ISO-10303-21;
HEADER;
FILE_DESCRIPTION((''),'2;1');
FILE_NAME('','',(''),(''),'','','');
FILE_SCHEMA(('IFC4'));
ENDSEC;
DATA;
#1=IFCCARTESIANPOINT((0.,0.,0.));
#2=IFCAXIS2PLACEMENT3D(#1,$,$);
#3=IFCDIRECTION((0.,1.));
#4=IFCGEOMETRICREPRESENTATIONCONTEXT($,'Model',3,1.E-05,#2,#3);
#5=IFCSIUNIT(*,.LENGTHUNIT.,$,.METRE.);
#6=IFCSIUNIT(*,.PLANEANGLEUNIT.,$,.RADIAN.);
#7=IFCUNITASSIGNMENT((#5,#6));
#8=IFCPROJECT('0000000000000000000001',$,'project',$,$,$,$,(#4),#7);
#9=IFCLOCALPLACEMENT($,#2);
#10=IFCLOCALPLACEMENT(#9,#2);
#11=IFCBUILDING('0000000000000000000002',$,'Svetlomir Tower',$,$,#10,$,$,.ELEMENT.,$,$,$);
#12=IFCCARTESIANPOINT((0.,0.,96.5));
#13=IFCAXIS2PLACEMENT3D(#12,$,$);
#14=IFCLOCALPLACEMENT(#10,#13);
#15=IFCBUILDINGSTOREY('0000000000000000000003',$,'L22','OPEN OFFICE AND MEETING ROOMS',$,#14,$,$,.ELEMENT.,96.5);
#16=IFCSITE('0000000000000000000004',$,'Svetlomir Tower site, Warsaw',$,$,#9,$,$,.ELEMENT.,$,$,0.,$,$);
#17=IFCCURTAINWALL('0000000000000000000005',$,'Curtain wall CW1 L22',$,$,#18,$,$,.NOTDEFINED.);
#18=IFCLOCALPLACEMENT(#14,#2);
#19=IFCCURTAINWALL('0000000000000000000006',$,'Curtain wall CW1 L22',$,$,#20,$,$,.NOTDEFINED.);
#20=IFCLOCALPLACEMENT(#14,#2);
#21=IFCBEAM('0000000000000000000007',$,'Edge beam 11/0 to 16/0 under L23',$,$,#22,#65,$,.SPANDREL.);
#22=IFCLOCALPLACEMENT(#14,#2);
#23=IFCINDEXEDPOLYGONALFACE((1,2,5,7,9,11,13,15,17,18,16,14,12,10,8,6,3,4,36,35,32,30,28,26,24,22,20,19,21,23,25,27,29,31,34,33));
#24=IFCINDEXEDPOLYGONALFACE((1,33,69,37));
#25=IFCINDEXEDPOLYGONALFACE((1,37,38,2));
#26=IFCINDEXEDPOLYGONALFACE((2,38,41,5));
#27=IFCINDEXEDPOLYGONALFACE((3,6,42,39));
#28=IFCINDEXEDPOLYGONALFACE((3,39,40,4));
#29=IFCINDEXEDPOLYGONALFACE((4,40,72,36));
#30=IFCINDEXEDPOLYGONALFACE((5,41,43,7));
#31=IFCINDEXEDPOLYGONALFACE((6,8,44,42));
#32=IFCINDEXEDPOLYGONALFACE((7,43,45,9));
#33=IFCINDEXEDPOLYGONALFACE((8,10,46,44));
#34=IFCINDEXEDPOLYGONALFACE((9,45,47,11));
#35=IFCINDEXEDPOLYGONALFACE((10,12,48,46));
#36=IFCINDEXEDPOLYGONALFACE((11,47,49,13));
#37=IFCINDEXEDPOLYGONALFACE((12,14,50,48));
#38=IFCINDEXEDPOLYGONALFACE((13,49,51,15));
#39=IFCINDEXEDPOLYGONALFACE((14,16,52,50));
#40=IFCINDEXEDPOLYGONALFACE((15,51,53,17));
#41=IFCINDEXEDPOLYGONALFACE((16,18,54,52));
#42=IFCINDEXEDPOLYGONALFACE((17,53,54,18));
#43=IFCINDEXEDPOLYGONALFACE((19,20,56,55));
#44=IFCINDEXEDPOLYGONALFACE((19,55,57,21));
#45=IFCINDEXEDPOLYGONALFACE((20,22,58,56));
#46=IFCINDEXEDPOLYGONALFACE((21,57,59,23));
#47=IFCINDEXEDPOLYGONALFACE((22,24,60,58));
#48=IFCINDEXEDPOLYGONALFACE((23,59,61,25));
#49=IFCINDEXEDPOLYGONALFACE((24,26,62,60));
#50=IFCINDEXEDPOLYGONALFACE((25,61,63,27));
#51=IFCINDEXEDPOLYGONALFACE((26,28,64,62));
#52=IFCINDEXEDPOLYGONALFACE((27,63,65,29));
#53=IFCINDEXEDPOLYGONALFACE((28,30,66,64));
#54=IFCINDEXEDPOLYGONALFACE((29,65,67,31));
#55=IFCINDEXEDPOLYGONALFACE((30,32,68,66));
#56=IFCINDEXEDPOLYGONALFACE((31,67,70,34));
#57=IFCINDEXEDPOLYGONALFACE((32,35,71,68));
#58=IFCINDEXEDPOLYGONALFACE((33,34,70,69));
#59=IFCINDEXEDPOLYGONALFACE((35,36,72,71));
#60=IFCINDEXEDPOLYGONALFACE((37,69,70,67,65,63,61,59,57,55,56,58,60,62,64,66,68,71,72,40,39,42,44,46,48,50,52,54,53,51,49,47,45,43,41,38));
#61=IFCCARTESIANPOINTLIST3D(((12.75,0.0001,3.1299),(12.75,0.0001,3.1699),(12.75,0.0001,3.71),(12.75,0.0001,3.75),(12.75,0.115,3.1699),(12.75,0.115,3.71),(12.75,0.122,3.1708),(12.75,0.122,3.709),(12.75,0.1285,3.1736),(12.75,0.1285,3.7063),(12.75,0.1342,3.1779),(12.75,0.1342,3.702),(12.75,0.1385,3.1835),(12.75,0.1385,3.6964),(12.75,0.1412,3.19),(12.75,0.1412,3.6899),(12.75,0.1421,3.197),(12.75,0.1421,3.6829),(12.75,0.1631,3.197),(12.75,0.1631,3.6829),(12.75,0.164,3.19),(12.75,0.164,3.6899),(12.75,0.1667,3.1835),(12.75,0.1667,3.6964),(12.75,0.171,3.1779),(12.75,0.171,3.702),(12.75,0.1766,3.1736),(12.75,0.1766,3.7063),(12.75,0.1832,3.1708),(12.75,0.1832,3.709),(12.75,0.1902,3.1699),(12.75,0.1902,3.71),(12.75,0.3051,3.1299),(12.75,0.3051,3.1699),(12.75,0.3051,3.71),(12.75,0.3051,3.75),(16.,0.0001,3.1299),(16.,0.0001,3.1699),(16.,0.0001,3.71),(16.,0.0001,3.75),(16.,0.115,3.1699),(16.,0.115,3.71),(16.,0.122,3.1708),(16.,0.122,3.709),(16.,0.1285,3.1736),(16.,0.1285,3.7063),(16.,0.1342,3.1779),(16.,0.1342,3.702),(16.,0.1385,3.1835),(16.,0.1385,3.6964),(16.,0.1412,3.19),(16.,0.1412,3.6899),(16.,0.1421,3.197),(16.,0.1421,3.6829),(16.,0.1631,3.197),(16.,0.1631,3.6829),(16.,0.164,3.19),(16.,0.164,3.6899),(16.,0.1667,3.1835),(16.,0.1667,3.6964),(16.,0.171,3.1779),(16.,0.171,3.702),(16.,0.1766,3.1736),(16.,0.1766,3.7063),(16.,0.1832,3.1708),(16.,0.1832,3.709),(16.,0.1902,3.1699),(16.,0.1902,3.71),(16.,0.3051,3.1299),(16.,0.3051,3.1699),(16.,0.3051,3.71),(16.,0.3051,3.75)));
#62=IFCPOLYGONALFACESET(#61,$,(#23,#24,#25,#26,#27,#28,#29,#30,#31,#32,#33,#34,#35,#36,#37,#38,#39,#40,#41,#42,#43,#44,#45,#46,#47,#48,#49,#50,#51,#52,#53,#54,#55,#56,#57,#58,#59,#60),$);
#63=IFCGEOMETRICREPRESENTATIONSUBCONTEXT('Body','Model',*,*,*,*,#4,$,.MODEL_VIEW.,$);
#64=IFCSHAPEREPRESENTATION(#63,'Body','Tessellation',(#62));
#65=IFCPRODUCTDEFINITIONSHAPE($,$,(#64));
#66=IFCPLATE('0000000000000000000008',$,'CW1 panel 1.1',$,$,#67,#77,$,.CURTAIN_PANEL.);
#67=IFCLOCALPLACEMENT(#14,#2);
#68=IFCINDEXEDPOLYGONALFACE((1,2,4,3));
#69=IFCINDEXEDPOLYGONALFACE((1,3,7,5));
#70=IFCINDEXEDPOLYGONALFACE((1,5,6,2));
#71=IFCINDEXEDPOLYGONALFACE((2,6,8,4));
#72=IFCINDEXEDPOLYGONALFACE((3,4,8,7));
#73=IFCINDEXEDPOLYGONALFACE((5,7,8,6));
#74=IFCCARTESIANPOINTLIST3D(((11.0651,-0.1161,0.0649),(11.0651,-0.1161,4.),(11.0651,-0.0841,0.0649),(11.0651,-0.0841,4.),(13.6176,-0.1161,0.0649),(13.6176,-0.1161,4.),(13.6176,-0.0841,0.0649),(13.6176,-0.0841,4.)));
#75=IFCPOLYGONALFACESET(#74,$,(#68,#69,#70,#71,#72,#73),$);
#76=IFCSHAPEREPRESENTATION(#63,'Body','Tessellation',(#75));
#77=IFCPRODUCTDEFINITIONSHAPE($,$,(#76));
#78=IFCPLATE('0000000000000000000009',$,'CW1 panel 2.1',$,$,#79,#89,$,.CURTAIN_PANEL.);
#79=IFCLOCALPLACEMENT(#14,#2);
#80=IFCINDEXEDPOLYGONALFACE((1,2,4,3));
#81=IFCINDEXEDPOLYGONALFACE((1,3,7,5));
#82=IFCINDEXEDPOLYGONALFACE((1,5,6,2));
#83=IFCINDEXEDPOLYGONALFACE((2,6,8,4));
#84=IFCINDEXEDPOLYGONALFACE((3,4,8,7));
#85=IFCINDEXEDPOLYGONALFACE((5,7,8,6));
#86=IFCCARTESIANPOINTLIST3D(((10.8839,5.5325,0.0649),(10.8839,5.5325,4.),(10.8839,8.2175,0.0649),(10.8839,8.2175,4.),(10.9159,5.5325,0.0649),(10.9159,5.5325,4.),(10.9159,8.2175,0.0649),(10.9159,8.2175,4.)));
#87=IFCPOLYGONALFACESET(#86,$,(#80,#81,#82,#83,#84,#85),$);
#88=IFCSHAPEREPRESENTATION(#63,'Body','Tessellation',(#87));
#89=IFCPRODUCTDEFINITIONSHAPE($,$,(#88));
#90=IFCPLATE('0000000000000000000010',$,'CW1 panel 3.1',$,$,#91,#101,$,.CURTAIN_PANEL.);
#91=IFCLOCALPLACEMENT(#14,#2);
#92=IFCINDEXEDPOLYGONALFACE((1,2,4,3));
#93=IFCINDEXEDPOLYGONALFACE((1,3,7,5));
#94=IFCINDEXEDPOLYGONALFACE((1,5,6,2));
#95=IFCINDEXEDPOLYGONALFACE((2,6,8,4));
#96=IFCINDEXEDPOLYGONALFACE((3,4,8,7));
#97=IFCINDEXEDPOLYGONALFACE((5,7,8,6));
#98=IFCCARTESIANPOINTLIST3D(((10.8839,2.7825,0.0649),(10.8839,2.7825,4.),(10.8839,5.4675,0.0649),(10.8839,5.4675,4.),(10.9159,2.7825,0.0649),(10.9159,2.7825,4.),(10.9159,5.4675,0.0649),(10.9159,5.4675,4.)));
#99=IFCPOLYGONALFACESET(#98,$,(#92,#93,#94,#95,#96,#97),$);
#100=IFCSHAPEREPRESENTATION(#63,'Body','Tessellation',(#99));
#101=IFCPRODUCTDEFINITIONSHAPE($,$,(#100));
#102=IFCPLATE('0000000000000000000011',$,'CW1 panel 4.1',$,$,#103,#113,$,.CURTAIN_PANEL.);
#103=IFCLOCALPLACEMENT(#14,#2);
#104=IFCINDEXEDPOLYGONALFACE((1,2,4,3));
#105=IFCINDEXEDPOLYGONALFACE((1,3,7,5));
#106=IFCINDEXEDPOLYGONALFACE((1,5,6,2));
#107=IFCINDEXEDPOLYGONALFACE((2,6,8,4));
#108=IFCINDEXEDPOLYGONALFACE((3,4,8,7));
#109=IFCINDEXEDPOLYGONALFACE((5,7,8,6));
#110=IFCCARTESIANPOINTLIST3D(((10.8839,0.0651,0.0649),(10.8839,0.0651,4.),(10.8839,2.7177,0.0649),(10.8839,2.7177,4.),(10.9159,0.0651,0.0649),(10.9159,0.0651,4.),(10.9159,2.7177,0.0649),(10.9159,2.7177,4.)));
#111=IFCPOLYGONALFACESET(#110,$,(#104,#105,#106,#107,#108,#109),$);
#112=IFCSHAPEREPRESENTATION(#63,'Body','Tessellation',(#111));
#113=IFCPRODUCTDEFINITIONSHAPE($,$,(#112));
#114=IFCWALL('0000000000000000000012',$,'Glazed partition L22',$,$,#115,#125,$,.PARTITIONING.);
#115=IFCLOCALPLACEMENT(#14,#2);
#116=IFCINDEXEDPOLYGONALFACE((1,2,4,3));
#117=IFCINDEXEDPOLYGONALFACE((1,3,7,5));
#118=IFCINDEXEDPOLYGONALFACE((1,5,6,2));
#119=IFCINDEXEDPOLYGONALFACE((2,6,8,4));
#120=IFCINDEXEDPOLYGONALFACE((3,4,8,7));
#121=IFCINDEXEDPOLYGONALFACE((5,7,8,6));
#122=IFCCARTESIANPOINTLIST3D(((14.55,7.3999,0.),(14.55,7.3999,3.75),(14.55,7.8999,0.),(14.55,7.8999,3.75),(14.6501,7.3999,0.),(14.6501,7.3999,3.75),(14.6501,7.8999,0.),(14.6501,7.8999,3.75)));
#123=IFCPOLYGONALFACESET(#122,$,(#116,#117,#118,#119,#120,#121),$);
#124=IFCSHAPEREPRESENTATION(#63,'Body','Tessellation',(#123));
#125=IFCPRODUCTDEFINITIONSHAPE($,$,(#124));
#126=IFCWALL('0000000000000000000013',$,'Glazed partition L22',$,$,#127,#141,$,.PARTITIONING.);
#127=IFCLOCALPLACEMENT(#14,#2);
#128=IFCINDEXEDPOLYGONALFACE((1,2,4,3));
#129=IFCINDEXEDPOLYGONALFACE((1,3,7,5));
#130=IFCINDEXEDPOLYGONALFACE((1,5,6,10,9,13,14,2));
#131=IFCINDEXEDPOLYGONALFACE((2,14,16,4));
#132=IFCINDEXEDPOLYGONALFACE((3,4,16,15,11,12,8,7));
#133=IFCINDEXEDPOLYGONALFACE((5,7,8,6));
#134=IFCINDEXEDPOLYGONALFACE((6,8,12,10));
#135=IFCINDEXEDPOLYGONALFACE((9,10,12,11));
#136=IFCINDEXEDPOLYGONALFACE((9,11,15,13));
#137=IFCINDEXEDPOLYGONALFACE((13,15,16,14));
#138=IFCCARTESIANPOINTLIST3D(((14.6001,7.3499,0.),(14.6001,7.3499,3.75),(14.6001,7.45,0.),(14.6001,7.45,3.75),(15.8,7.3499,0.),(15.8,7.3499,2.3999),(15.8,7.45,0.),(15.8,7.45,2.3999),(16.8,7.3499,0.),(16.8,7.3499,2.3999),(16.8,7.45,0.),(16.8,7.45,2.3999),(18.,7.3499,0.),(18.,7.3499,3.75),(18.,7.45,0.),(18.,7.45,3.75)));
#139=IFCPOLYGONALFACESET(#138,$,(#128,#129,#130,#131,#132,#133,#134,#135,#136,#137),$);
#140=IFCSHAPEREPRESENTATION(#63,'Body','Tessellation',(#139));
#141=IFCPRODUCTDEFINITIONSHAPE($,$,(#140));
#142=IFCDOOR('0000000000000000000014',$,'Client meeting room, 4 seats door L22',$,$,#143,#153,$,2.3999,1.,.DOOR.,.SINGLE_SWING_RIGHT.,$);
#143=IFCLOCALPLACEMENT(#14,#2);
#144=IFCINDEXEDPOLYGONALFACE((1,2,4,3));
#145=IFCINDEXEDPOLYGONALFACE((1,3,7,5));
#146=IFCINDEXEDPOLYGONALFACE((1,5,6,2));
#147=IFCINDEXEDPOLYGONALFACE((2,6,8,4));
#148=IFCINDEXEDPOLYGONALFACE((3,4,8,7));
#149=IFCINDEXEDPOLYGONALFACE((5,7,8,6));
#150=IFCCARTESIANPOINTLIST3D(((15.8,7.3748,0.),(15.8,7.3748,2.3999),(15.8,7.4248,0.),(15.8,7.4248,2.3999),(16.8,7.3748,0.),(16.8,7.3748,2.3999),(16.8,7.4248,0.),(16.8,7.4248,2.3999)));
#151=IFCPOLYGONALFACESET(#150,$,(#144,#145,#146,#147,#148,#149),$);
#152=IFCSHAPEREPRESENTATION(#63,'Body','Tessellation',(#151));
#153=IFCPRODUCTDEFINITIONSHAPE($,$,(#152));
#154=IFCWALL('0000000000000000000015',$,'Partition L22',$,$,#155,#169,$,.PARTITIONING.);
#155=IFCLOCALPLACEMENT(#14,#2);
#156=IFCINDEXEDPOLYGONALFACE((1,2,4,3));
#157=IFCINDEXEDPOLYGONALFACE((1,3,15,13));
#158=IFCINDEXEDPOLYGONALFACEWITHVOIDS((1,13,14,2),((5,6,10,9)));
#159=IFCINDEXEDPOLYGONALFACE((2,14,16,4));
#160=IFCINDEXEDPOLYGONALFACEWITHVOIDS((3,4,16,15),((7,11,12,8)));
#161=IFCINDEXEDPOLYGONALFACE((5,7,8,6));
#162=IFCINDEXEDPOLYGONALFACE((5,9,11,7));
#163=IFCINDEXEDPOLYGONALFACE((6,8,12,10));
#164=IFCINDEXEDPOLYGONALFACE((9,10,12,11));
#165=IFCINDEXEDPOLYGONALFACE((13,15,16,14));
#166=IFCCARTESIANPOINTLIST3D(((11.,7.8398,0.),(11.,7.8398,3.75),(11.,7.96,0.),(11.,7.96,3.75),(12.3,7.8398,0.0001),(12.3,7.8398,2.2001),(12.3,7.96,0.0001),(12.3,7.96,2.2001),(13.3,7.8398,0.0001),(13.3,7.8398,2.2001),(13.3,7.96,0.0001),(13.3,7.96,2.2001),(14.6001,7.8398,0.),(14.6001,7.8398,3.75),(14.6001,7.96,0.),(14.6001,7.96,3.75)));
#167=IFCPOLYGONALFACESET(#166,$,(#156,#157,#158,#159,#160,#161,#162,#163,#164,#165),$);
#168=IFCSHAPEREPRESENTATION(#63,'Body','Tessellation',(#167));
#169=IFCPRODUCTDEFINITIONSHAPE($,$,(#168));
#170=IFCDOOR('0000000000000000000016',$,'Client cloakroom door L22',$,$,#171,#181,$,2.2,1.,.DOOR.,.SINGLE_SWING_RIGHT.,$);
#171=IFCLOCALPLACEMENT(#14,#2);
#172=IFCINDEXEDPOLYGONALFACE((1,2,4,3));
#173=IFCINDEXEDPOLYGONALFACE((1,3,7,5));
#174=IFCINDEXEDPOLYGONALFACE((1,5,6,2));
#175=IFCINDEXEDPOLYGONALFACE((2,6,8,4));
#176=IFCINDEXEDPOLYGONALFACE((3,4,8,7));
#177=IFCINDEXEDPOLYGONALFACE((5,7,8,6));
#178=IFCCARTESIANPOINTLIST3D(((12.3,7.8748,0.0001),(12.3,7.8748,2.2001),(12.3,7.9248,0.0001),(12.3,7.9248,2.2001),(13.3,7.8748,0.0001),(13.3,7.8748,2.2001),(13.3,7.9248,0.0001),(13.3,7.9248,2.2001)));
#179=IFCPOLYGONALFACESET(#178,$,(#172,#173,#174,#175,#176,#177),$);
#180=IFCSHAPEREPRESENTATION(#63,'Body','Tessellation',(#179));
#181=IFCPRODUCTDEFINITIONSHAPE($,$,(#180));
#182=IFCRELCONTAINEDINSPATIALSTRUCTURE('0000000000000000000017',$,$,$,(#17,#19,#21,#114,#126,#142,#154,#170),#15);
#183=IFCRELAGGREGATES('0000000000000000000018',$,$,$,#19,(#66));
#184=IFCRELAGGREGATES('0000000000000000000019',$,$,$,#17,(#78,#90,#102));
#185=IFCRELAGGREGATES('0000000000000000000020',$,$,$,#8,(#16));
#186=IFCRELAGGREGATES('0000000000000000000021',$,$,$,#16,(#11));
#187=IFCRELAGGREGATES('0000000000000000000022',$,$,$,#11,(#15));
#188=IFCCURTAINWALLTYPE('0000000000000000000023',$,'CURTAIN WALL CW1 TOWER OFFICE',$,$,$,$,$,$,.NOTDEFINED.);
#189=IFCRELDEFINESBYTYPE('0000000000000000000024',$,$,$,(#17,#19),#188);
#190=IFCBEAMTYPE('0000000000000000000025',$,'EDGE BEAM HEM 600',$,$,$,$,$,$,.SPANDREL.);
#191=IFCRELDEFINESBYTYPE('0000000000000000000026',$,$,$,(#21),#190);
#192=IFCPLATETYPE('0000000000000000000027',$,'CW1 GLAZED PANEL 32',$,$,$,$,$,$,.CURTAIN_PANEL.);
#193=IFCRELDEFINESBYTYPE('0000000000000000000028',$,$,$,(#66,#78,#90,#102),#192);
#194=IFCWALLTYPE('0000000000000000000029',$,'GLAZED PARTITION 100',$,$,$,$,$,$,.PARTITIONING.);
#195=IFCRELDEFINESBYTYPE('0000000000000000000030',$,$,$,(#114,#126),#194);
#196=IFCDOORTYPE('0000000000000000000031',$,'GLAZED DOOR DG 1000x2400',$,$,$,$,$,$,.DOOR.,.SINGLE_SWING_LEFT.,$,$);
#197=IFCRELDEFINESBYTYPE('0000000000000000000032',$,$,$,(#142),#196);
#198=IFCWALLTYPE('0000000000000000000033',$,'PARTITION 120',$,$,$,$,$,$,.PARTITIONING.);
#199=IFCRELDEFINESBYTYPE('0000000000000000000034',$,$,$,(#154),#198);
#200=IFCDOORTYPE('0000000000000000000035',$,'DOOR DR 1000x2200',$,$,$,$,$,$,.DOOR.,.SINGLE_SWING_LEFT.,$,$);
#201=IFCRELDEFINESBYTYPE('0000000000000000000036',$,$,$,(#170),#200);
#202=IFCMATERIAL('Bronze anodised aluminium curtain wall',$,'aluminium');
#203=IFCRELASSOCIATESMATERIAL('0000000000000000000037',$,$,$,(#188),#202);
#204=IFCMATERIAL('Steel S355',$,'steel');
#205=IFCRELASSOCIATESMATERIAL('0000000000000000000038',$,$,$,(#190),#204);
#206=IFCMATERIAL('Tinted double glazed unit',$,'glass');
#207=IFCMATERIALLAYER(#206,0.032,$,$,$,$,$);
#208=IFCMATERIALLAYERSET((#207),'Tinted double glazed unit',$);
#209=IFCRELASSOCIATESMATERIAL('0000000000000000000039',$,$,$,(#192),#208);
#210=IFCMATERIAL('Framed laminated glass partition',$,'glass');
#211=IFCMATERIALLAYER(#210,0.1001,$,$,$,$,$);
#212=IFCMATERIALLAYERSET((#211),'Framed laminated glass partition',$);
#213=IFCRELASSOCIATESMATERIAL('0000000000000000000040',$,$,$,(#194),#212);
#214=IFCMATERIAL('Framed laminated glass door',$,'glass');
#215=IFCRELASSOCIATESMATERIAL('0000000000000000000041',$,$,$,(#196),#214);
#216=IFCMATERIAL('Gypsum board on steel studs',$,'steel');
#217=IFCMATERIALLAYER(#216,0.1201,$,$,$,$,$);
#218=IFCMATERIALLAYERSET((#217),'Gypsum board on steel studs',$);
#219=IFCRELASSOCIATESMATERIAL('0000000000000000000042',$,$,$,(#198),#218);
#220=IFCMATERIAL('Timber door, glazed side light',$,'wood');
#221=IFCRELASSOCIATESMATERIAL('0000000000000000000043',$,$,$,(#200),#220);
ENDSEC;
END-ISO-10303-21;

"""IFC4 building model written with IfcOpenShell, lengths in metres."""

from ifc_helpers import new_model, si_unit, direction, frame, frame_2d, origin, origin_2d, place, context, subcontext, project, spatial, rectangle, i_section, extrude, material, layer, layer_set, material_profile, profile_set, type_object, element, fill, aggregate, save


model = new_model("IFC4")

# Units and contexts
model_context = context("Model", 3, precision=1e-05, world=origin(), true_north=direction((0.0, 1.0)))
body_context = subcontext(model_context, "Body", "Model", "MODEL_VIEW")
ifc_project = project(units=[si_unit("LENGTHUNIT", "METRE"), si_unit("PLANEANGLEUNIT", "RADIAN")], contexts=[model_context])

# Site, building, storey
site_placement = place(None, origin())
site = spatial("IfcSite", under=ifc_project, at=site_placement, Name="Svetlomir Tower site, Warsaw", CompositionType="ELEMENT", RefElevation=0.0)
building_placement = place(site_placement, origin())
building = spatial("IfcBuilding", under=site, at=building_placement, Name="Svetlomir Tower", CompositionType="ELEMENT")
storey_placement = place(building_placement, frame((0.0, 0.0, 96.5)))
storey = spatial("IfcBuildingStorey", under=building, at=storey_placement, Name="L22", Description="OPEN OFFICE AND MEETING ROOMS", CompositionType="ELEMENT", Elevation=96.5)

# Curtain wall
ifc_material_1 = material(Name="Bronze anodised aluminium curtain wall", Category="aluminium")
curtain_wall_type = type_object("IfcCurtainWallType", Name="CURTAIN WALL CW1 TOWER OFFICE", PredefinedType="NOTDEFINED", material=ifc_material_1)
curtain_wall_1_placement = place(storey_placement, origin())
curtain_wall_1 = element("IfcCurtainWall", 1, at=curtain_wall_1_placement, inside=storey, type_object=curtain_wall_type, Name="Curtain wall CW1 L22", PredefinedType="NOTDEFINED")

# Curtain wall
curtain_wall_2_placement = place(storey_placement, origin())
curtain_wall_2 = element("IfcCurtainWall", 2, at=curtain_wall_2_placement, inside=storey, type_object=curtain_wall_type, Name="Curtain wall CW1 L22", PredefinedType="NOTDEFINED")

# Beam
ifc_material_2 = material(Name="Steel S355", Category="steel")
ifc_material_profile_1 = material_profile(ifc_material_2, i_section(OverallWidth=0.3049, OverallDepth=0.6201, WebThickness=0.021, FlangeThickness=0.04, FilletRadius=0.0271, at=origin_2d()), Name="HEM 600")
ifc_profile_set_1 = profile_set([ifc_material_profile_1], Name="Steel S355")
beam_type = type_object("IfcBeamType", Name="EDGE BEAM HEM 600", PredefinedType="SPANDREL", material=ifc_profile_set_1)
beam_placement = place(storey_placement, frame((12.75, 0.1526, 3.4399), z_axis=(1.0, 0.0, 0.0), x_axis=(0.0, 1.0, 0.0)))
element("IfcBeam", 3, at=beam_placement, inside=storey, type_object=beam_type, Name="Edge beam 11/0 to 16/0 under L23", PredefinedType="SPANDREL", context=body_context, shape_type="SweptSolid", body=[
    extrude(i_section(OverallWidth=0.3049, OverallDepth=0.6201, WebThickness=0.021, FlangeThickness=0.04, FilletRadius=0.0271, at=origin_2d()), origin(), (0.0, 0.0, 1.0), 3.25),
])

# Plates
ifc_material_3 = material(Name="Tinted double glazed unit", Category="glass")
ifc_layer_1 = layer(ifc_material_3, 0.032)
ifc_layer_set_1 = layer_set([ifc_layer_1], Name="Tinted double glazed unit")
plate_type = type_object("IfcPlateType", Name="CW1 GLAZED PANEL 32", PredefinedType="CURTAIN_PANEL", material=ifc_layer_set_1)
plate_1_placement = place(storey_placement, frame((12.3413, -0.1001, 0.0649), z_axis=(0.0, 0.0, 1.0), x_axis=(1.0, 0.0, 0.0)))
plate_1 = element("IfcPlate", 4, at=plate_1_placement, type_object=plate_type, Name="CW1 panel 1.1", PredefinedType="CURTAIN_PANEL", context=body_context, shape_type="SweptSolid", body=[
    extrude(rectangle(XDim=2.5525, YDim=0.032, at=origin_2d()), origin(), (0.0, 0.0, 1.0), 3.9351),
])
aggregate(curtain_wall_2, [plate_1])
plate_2_placement = place(storey_placement, frame((10.8999, 6.875, 0.0649), z_axis=(0.0, 0.0, 1.0), x_axis=(0.0, -1.0, 0.0)))
plate_2 = element("IfcPlate", 5, at=plate_2_placement, type_object=plate_type, Name="CW1 panel 2.1", PredefinedType="CURTAIN_PANEL", context=body_context, shape_type="SweptSolid", body=[
    extrude(rectangle(XDim=2.6851, YDim=0.032, at=origin_2d()), origin(), (0.0, 0.0, 1.0), 3.9351),
])
plate_3_placement = place(storey_placement, frame((10.8999, 4.125, 0.0649), z_axis=(0.0, 0.0, 1.0), x_axis=(0.0, -1.0, 0.0)))
plate_3 = element("IfcPlate", 6, at=plate_3_placement, type_object=plate_type, Name="CW1 panel 3.1", PredefinedType="CURTAIN_PANEL", context=body_context, shape_type="SweptSolid", body=[
    extrude(rectangle(XDim=2.6851, YDim=0.032, at=origin_2d()), origin(), (0.0, 0.0, 1.0), 3.9351),
])
plate_4_placement = place(storey_placement, frame((10.8999, 1.3914, 0.0649), z_axis=(0.0, 0.0, 1.0), x_axis=(0.0, -1.0, 0.0)))
plate_4 = element("IfcPlate", 7, at=plate_4_placement, type_object=plate_type, Name="CW1 panel 4.1", PredefinedType="CURTAIN_PANEL", context=body_context, shape_type="SweptSolid", body=[
    extrude(rectangle(XDim=2.6526, YDim=0.032, at=origin_2d()), origin(), (0.0, 0.0, 1.0), 3.9351),
])
aggregate(curtain_wall_1, [plate_2, plate_3, plate_4])

# Wall
ifc_material_4 = material(Name="Framed laminated glass partition", Category="glass")
ifc_layer_2 = layer(ifc_material_4, 0.1001)
ifc_layer_set_2 = layer_set([ifc_layer_2], Name="Framed laminated glass partition")
wall_type_1 = type_object("IfcWallType", Name="GLAZED PARTITION 100", PredefinedType="PARTITIONING", material=ifc_layer_set_2)
wall_1_placement = place(storey_placement, frame((14.6001, 7.3999, 0.0), z_axis=(0.0, 0.0, 1.0), x_axis=(0.0, 1.0, 0.0)))
element("IfcWall", 8, at=wall_1_placement, inside=storey, type_object=wall_type_1, Name="Glazed partition L22", PredefinedType="PARTITIONING", context=body_context, shape_type="SweptSolid", body=[
    extrude(rectangle(XDim=0.5, YDim=0.1001, at=frame_2d((0.25, 0.0))), origin(), (0.0, 0.0, 1.0), 3.75),
])

# Walls, openings, doors
wall_2_placement = place(storey_placement, frame((14.6001, 7.3999, 0.0), z_axis=(0.0, 0.0, 1.0), x_axis=(1.0, 0.0, 0.0)))
wall_2 = element("IfcWall", 9, at=wall_2_placement, inside=storey, type_object=wall_type_1, Name="Glazed partition L22", PredefinedType="PARTITIONING", context=body_context, shape_type="SweptSolid", body=[
    extrude(rectangle(XDim=3.3999, YDim=0.1001, at=frame_2d((1.7, 0.0))), origin(), (0.0, 0.0, 1.0), 3.75),
])
opening_1_placement = place(wall_2_placement, frame((1.2, 0.0, 0.0)))
opening_1 = element("IfcOpeningElement", 10, at=opening_1_placement, cuts=wall_2, PredefinedType="OPENING", context=body_context, shape_type="SweptSolid", body=[
    extrude(rectangle(XDim=1.0, YDim=2.3999, at=frame_2d((0.5, 1.2))), frame((0.0, 0.0601, 0.0), z_axis=(0.0, -1.0, 0.0), x_axis=(1.0, 0.0, 0.0)), (0.0, 0.0, 1.0), 0.1201),
])
ifc_material_5 = material(Name="Framed laminated glass door", Category="glass")
door_type_1 = type_object("IfcDoorType", Name="GLAZED DOOR DG 1000x2400", OperationType="SINGLE_SWING_LEFT", PredefinedType="DOOR", material=ifc_material_5)
door_1_placement = place(opening_1_placement, origin())
door_1 = element("IfcDoor", 11, at=door_1_placement, inside=storey, type_object=door_type_1, Name="Client meeting room, 4 seats door L22", OperationType="SINGLE_SWING_RIGHT", OverallHeight=2.3999, OverallWidth=1.0, PredefinedType="DOOR", context=body_context, shape_type="SweptSolid", body=[
    extrude(rectangle(XDim=1.0, YDim=2.3999, at=frame_2d((0.5, 1.2))), frame((0.0, 0.0249, 0.0), z_axis=(0.0, -1.0, 0.0), x_axis=(1.0, 0.0, 0.0)), (0.0, 0.0, 1.0), 0.05),
])
fill(opening_1, door_1)
ifc_material_6 = material(Name="Gypsum board on steel studs", Category="steel")
ifc_layer_3 = layer(ifc_material_6, 0.1201)
ifc_layer_set_3 = layer_set([ifc_layer_3], Name="Gypsum board on steel studs")
wall_type_2 = type_object("IfcWallType", Name="PARTITION 120", PredefinedType="PARTITIONING", material=ifc_layer_set_3)
wall_3_placement = place(storey_placement, frame((11.0, 7.8999, 0.0), z_axis=(0.0, 0.0, 1.0), x_axis=(1.0, 0.0, 0.0)))
wall_3 = element("IfcWall", 12, at=wall_3_placement, inside=storey, type_object=wall_type_2, Name="Partition L22", PredefinedType="PARTITIONING", context=body_context, shape_type="SweptSolid", body=[
    extrude(rectangle(XDim=3.6001, YDim=0.1201, at=frame_2d((1.8, 0.0))), origin(), (0.0, 0.0, 1.0), 3.75),
])
opening_2_placement = place(wall_3_placement, frame((1.3, 0.0, 0.0)))
opening_2 = element("IfcOpeningElement", 13, at=opening_2_placement, cuts=wall_3, PredefinedType="OPENING", context=body_context, shape_type="SweptSolid", body=[
    extrude(rectangle(XDim=1.0, YDim=2.2, at=frame_2d((0.5, 1.1001))), frame((0.0, 0.0701, 0.0), z_axis=(0.0, -1.0, 0.0), x_axis=(1.0, 0.0, 0.0)), (0.0, 0.0, 1.0), 0.1401),
])
ifc_material_7 = material(Name="Timber door, glazed side light", Category="wood")
door_type_2 = type_object("IfcDoorType", Name="DOOR DR 1000x2200", OperationType="SINGLE_SWING_LEFT", PredefinedType="DOOR", material=ifc_material_7)
door_2_placement = place(opening_2_placement, origin())
door_2 = element("IfcDoor", 14, at=door_2_placement, inside=storey, type_object=door_type_2, Name="Client cloakroom door L22", OperationType="SINGLE_SWING_RIGHT", OverallHeight=2.2, OverallWidth=1.0, PredefinedType="DOOR", context=body_context, shape_type="SweptSolid", body=[
    extrude(rectangle(XDim=1.0, YDim=2.2, at=frame_2d((0.5, 1.1001))), frame((0.0, 0.0249, 0.0), z_axis=(0.0, -1.0, 0.0), x_axis=(1.0, 0.0, 0.0)), (0.0, 0.0, 1.0), 0.05),
])
fill(opening_2, door_2)

save(model, "model.ifc")
